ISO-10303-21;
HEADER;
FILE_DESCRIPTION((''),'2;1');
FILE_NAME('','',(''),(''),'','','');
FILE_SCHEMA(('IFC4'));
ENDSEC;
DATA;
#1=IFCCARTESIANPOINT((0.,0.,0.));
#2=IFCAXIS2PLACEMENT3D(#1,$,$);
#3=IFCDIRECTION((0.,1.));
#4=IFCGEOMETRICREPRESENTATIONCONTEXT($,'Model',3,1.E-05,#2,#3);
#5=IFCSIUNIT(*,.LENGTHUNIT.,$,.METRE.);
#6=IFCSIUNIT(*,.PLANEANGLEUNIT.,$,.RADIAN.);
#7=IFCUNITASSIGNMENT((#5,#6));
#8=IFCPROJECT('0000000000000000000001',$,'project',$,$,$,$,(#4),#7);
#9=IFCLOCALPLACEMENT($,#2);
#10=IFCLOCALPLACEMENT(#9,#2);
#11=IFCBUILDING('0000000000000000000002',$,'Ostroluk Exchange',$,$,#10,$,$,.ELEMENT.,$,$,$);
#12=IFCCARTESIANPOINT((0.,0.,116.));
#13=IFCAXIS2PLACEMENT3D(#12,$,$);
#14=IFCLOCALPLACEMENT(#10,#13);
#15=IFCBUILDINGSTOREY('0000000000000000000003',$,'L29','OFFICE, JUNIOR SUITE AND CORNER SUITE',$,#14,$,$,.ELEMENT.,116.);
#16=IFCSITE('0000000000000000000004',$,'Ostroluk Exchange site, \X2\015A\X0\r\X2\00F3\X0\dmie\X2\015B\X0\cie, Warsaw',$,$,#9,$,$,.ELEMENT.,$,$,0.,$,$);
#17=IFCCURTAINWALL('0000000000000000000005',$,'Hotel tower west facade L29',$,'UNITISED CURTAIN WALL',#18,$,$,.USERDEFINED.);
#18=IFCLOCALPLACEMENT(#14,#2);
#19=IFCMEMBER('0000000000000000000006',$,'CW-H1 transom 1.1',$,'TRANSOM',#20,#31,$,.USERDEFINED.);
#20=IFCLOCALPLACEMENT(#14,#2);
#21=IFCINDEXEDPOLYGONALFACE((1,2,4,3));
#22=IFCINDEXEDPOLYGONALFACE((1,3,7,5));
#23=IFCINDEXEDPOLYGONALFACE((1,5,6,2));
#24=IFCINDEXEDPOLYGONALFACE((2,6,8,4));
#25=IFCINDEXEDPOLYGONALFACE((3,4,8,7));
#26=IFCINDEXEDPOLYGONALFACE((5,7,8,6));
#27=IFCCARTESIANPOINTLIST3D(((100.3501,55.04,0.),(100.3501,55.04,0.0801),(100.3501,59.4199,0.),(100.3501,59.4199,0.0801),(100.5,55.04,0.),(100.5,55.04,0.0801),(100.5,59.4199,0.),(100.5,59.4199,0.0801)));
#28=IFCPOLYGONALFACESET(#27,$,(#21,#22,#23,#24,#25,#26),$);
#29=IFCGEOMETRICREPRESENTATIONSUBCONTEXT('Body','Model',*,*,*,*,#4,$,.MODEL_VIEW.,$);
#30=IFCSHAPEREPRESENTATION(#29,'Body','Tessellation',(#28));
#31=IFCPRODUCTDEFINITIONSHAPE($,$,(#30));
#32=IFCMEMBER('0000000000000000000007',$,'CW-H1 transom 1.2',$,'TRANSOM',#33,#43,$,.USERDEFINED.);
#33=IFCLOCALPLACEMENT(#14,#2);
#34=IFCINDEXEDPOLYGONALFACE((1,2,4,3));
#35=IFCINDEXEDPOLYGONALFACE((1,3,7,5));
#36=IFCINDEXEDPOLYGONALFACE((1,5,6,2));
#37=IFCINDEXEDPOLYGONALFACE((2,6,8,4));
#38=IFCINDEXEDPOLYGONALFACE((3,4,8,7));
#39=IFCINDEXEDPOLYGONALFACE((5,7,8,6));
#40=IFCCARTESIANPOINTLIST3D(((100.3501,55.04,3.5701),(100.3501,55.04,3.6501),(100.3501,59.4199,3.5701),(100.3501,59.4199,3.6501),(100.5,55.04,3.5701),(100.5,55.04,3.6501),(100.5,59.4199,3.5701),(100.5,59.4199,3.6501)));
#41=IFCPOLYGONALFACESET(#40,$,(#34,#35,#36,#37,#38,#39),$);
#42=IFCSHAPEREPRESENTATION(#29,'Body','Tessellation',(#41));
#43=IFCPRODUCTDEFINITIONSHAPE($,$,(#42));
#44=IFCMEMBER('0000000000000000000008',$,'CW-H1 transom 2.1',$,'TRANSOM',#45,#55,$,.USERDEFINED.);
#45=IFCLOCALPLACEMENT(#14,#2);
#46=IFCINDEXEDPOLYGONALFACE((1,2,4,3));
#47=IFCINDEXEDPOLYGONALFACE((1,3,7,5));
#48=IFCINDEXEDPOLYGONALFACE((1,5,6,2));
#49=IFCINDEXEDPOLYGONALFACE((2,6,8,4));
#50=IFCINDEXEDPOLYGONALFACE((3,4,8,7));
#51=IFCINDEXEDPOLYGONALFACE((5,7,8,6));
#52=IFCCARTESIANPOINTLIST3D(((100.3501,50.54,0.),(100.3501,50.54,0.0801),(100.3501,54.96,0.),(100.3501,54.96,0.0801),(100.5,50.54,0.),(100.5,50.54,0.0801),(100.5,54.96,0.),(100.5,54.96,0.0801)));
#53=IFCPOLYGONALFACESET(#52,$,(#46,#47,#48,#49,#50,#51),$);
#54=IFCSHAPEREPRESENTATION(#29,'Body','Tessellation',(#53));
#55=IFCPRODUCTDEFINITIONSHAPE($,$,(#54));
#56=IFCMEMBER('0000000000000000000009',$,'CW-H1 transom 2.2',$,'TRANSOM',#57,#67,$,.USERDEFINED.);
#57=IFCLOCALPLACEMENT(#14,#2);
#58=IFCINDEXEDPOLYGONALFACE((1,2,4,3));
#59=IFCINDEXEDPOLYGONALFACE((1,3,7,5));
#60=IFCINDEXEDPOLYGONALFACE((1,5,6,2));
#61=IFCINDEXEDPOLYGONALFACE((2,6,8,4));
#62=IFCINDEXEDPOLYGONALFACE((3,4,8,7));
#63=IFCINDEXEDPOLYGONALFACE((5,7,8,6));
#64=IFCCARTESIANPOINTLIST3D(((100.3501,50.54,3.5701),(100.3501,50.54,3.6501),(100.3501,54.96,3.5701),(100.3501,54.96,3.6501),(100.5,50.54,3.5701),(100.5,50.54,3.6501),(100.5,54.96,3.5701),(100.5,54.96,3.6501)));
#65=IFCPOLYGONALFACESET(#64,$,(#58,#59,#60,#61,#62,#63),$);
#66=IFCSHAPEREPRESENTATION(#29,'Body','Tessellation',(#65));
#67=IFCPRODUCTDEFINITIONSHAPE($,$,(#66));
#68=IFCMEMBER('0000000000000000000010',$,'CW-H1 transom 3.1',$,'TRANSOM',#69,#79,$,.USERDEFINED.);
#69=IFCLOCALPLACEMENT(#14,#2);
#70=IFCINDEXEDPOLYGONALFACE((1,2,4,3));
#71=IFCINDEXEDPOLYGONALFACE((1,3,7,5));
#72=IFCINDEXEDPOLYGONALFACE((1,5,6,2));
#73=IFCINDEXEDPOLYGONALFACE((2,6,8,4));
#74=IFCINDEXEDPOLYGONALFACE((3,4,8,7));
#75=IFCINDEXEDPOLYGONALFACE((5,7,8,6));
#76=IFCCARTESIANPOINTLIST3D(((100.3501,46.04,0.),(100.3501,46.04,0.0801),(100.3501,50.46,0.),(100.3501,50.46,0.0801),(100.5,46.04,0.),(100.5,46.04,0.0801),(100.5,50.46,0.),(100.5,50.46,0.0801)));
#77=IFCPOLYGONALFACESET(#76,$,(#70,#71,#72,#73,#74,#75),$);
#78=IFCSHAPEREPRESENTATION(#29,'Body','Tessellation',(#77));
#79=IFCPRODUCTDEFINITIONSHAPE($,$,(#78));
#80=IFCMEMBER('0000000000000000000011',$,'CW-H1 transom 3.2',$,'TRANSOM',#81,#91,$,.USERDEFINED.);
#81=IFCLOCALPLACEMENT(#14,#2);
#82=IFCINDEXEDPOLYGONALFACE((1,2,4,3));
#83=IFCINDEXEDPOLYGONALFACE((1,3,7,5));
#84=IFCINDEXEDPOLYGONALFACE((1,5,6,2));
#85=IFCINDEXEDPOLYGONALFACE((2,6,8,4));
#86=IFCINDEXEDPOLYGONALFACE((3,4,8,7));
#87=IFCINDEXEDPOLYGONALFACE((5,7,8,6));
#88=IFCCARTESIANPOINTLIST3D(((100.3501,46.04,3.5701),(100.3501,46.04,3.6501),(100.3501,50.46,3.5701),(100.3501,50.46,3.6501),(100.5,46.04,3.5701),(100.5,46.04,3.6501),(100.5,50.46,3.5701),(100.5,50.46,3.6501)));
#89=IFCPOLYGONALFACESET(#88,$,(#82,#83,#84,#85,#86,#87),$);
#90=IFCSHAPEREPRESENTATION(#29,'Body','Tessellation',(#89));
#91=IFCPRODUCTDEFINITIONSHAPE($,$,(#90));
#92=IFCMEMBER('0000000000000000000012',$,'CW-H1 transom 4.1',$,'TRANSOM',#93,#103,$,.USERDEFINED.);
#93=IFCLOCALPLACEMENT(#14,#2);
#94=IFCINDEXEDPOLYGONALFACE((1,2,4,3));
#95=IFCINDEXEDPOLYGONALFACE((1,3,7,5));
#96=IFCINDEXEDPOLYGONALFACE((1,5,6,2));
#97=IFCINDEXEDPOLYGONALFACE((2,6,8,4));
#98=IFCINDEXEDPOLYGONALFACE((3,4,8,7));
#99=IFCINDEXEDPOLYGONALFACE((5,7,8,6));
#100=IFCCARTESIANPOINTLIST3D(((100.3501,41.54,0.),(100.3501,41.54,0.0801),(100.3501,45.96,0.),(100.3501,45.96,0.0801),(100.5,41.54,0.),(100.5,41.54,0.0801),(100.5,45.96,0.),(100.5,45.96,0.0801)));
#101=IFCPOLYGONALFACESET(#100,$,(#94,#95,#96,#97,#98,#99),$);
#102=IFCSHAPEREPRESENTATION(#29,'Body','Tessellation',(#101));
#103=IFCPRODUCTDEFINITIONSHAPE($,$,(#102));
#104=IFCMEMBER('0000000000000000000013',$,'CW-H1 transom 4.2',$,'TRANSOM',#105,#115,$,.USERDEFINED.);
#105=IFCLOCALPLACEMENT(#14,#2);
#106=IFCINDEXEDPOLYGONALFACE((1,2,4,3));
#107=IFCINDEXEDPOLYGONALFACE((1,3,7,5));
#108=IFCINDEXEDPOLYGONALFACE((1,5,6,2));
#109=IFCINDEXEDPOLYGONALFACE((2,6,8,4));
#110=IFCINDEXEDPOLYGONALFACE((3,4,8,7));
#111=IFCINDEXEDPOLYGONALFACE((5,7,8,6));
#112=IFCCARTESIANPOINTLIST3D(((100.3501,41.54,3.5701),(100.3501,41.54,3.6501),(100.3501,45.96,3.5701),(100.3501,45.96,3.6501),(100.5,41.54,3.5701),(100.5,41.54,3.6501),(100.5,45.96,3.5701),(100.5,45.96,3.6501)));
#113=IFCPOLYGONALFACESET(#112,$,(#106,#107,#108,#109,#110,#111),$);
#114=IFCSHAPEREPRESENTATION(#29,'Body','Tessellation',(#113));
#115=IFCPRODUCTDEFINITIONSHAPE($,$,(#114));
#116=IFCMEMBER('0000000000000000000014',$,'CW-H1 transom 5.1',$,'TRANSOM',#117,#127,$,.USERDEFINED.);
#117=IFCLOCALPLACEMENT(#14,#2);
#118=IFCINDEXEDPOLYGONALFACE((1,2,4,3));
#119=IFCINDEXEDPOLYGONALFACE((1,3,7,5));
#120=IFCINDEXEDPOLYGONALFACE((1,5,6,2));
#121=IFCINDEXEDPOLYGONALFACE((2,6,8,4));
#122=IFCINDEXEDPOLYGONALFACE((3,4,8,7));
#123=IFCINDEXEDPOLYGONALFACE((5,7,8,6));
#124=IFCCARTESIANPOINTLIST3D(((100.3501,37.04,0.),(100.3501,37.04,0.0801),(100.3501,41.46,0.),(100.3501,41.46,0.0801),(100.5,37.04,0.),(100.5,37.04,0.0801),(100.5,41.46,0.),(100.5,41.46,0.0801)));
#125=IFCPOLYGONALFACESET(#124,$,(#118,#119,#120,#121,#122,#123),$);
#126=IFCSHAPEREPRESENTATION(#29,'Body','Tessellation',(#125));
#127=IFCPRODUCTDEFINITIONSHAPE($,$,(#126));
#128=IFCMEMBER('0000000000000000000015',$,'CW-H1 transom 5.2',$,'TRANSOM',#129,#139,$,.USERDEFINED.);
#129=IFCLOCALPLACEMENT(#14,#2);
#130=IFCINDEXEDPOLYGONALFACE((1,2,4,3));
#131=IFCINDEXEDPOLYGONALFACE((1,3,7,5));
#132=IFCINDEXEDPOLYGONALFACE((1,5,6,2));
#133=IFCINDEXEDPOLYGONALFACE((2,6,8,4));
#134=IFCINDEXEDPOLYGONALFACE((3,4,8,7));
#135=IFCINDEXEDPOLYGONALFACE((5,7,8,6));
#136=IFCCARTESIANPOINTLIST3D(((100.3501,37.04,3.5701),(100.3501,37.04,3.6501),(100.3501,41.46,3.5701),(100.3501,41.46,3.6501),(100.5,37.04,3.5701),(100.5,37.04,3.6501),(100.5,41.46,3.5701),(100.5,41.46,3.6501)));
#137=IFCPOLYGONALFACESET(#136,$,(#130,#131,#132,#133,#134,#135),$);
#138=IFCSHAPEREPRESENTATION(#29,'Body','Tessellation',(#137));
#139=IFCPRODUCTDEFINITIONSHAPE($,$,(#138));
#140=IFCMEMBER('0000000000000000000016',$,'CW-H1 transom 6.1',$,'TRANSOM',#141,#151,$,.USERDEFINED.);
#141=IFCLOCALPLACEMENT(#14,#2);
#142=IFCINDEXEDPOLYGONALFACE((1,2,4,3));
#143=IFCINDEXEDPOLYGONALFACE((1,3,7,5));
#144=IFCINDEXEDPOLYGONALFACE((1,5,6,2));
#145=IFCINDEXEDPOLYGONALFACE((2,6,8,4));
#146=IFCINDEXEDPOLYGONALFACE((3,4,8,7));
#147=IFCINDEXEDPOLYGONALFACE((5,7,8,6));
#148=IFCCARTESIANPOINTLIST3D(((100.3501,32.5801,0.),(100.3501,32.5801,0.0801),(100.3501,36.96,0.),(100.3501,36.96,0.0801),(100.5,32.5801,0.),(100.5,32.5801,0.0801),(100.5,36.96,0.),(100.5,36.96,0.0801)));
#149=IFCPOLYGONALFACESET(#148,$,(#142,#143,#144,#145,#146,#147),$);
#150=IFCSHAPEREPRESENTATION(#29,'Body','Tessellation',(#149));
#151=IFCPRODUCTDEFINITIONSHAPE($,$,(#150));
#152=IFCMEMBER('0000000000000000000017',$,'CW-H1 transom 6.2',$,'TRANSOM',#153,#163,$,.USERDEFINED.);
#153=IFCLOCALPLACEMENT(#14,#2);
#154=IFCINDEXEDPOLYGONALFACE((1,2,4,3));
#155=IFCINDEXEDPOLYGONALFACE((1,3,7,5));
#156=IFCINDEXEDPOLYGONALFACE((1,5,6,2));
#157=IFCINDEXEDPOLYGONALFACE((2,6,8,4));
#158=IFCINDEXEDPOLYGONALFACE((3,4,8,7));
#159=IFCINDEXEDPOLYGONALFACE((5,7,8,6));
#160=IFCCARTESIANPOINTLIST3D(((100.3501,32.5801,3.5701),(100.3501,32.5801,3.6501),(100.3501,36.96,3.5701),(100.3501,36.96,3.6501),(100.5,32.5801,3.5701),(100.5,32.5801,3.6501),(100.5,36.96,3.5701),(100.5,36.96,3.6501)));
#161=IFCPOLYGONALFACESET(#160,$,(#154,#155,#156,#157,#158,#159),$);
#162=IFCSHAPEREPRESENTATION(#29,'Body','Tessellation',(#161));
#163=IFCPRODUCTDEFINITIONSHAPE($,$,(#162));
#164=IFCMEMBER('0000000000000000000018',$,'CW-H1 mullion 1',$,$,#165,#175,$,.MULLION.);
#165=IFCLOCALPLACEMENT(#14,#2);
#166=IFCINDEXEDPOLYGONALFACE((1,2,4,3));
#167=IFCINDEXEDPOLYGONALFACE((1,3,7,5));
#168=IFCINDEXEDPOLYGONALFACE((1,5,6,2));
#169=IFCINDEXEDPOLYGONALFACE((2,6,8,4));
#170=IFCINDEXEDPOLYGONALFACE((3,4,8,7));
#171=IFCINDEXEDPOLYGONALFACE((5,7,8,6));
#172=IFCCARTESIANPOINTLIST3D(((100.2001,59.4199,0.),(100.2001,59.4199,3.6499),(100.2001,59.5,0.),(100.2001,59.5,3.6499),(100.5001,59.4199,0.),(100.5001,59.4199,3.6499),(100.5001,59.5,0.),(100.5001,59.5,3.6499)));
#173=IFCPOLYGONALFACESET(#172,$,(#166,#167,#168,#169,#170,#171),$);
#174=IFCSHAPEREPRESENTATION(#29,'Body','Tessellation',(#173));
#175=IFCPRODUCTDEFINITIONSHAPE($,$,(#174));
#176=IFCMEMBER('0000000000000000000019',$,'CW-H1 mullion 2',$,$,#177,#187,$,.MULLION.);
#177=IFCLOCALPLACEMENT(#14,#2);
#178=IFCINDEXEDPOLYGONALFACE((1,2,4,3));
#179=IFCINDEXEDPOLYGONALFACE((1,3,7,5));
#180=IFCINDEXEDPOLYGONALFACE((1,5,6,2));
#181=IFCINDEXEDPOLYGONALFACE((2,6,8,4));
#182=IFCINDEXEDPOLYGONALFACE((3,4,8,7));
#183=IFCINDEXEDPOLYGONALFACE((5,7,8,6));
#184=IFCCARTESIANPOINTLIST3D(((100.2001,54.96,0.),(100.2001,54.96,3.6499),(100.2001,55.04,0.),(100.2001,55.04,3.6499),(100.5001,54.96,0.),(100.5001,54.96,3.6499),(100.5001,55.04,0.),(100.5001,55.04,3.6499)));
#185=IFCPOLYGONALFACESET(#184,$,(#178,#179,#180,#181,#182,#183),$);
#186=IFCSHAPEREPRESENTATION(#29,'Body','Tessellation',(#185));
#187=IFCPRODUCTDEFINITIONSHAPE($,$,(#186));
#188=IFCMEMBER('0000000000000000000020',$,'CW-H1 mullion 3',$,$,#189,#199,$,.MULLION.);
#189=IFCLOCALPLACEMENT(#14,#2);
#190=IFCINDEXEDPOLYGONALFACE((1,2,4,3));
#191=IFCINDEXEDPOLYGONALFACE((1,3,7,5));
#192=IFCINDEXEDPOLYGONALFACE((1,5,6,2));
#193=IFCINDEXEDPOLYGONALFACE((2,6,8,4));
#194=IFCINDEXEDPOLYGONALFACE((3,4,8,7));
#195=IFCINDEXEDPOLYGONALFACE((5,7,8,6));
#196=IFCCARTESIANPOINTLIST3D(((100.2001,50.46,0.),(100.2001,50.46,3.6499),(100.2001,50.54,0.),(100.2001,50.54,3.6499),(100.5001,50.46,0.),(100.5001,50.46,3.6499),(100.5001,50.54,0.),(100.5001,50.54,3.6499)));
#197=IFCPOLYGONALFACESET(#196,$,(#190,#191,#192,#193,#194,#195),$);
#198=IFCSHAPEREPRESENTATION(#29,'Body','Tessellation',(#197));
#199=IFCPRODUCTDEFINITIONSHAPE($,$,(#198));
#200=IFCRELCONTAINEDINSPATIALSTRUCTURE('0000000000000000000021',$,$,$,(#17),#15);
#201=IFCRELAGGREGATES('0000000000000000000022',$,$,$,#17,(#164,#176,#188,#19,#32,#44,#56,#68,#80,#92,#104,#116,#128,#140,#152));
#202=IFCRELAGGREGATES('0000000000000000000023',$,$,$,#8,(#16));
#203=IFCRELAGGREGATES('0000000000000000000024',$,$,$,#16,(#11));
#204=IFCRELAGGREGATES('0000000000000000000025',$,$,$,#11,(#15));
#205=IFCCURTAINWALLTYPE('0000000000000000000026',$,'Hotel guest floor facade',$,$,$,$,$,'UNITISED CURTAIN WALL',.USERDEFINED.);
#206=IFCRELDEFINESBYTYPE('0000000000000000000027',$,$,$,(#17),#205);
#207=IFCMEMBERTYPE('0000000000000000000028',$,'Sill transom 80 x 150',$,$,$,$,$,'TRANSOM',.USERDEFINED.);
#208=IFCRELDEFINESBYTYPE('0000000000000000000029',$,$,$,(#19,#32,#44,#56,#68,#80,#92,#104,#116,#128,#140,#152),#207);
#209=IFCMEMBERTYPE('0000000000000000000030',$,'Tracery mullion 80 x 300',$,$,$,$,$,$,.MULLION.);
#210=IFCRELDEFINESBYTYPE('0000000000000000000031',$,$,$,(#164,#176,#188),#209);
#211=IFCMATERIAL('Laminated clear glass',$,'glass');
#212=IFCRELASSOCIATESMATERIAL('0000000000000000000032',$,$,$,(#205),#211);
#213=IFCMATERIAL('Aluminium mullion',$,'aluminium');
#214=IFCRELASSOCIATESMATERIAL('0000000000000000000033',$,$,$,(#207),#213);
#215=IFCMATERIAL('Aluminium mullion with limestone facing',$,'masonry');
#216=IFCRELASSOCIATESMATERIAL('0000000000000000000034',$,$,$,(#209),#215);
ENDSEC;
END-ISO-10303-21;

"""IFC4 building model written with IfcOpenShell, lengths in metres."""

from ifc_helpers import new_model, si_unit, direction, frame, origin, origin_2d, place, context, subcontext, project, spatial, rectangle, extrude, material, material_profile, profile_set, type_object, element, aggregate, save


model = new_model("IFC4")

# Units and contexts
model_context = context("Model", 3, precision=1e-05, world=origin(), true_north=direction((0.0, 1.0)))
body_context = subcontext(model_context, "Body", "Model", "MODEL_VIEW")
ifc_project = project(units=[si_unit("LENGTHUNIT", "METRE"), si_unit("PLANEANGLEUNIT", "RADIAN")], contexts=[model_context])

# Site, building, storey
site_placement = place(None, origin())
site = spatial("IfcSite", under=ifc_project, at=site_placement, Name="Ostroluk Exchange site, Śródmieście, Warsaw", CompositionType="ELEMENT", RefElevation=0.0)
building_placement = place(site_placement, origin())
building = spatial("IfcBuilding", under=site, at=building_placement, Name="Ostroluk Exchange", CompositionType="ELEMENT")
storey_placement = place(building_placement, frame((0.0, 0.0, 116.0)))
storey = spatial("IfcBuildingStorey", under=building, at=storey_placement, Name="L29", Description="OFFICE, JUNIOR SUITE AND CORNER SUITE", CompositionType="ELEMENT", Elevation=116.0)

# Curtain wall, members
ifc_material_1 = material(Name="Laminated clear glass", Category="glass")
curtain_wall_type_1 = type_object("IfcCurtainWallType", Name="Hotel guest floor facade", ElementType="UNITISED CURTAIN WALL", PredefinedType="USERDEFINED", material=ifc_material_1)
curtain_wall_1_placement = place(storey_placement, origin())
curtain_wall_1 = element("IfcCurtainWall", 1, at=curtain_wall_1_placement, inside=storey, type_object=curtain_wall_type_1, Name="Hotel tower west facade L29", ObjectType="UNITISED CURTAIN WALL", PredefinedType="USERDEFINED")
ifc_material_2 = material(Name="Aluminium mullion", Category="aluminium")
ifc_material_profile_1 = material_profile(ifc_material_2, rectangle(XDim=0.1499, YDim=0.0801, at=origin_2d()), Name="Sill transom 80 x 150")
ifc_profile_set_1 = profile_set([ifc_material_profile_1], Name="Aluminium mullion")
member_type_1 = type_object("IfcMemberType", Name="Sill transom 80 x 150", ElementType="TRANSOM", PredefinedType="USERDEFINED", material=ifc_profile_set_1)
member_1_placement = place(storey_placement, frame((100.425, 59.4199, 0.04), z_axis=(0.0, -1.0, 0.0), x_axis=(1.0, 0.0, 0.0)))
member_1 = element("IfcMember", 2, at=member_1_placement, type_object=member_type_1, Name="CW-H1 transom 1.1", ObjectType="TRANSOM", PredefinedType="USERDEFINED", context=body_context, shape_type="SweptSolid", body=[
    extrude(rectangle(XDim=0.1499, YDim=0.0801, at=origin_2d()), origin(), (0.0, 0.0, 1.0), 4.3799),
])
member_2_placement = place(storey_placement, frame((100.425, 59.4199, 3.6101), z_axis=(0.0, -1.0, 0.0), x_axis=(1.0, 0.0, 0.0)))
member_2 = element("IfcMember", 3, at=member_2_placement, type_object=member_type_1, Name="CW-H1 transom 1.2", ObjectType="TRANSOM", PredefinedType="USERDEFINED", context=body_context, shape_type="SweptSolid", body=[
    extrude(rectangle(XDim=0.1499, YDim=0.0801, at=origin_2d()), origin(), (0.0, 0.0, 1.0), 4.3799),
])
member_3_placement = place(storey_placement, frame((100.425, 54.96, 0.04), z_axis=(0.0, -1.0, 0.0), x_axis=(1.0, 0.0, 0.0)))
member_3 = element("IfcMember", 4, at=member_3_placement, type_object=member_type_1, Name="CW-H1 transom 2.1", ObjectType="TRANSOM", PredefinedType="USERDEFINED", context=body_context, shape_type="SweptSolid", body=[
    extrude(rectangle(XDim=0.1499, YDim=0.0801, at=origin_2d()), origin(), (0.0, 0.0, 1.0), 4.4199),
])
member_4_placement = place(storey_placement, frame((100.425, 54.96, 3.6101), z_axis=(0.0, -1.0, 0.0), x_axis=(1.0, 0.0, 0.0)))
member_4 = element("IfcMember", 5, at=member_4_placement, type_object=member_type_1, Name="CW-H1 transom 2.2", ObjectType="TRANSOM", PredefinedType="USERDEFINED", context=body_context, shape_type="SweptSolid", body=[
    extrude(rectangle(XDim=0.1499, YDim=0.0801, at=origin_2d()), origin(), (0.0, 0.0, 1.0), 4.4199),
])
member_5_placement = place(storey_placement, frame((100.425, 50.46, 0.04), z_axis=(0.0, -1.0, 0.0), x_axis=(1.0, 0.0, 0.0)))
member_5 = element("IfcMember", 6, at=member_5_placement, type_object=member_type_1, Name="CW-H1 transom 3.1", ObjectType="TRANSOM", PredefinedType="USERDEFINED", context=body_context, shape_type="SweptSolid", body=[
    extrude(rectangle(XDim=0.1499, YDim=0.0801, at=origin_2d()), origin(), (0.0, 0.0, 1.0), 4.4199),
])
member_6_placement = place(storey_placement, frame((100.425, 50.46, 3.6101), z_axis=(0.0, -1.0, 0.0), x_axis=(1.0, 0.0, 0.0)))
member_6 = element("IfcMember", 7, at=member_6_placement, type_object=member_type_1, Name="CW-H1 transom 3.2", ObjectType="TRANSOM", PredefinedType="USERDEFINED", context=body_context, shape_type="SweptSolid", body=[
    extrude(rectangle(XDim=0.1499, YDim=0.0801, at=origin_2d()), origin(), (0.0, 0.0, 1.0), 4.4199),
])
member_7_placement = place(storey_placement, frame((100.425, 45.96, 0.04), z_axis=(0.0, -1.0, 0.0), x_axis=(1.0, 0.0, 0.0)))
member_7 = element("IfcMember", 8, at=member_7_placement, type_object=member_type_1, Name="CW-H1 transom 4.1", ObjectType="TRANSOM", PredefinedType="USERDEFINED", context=body_context, shape_type="SweptSolid", body=[
    extrude(rectangle(XDim=0.1499, YDim=0.0801, at=origin_2d()), origin(), (0.0, 0.0, 1.0), 4.4199),
])
member_8_placement = place(storey_placement, frame((100.425, 45.96, 3.6101), z_axis=(0.0, -1.0, 0.0), x_axis=(1.0, 0.0, 0.0)))
member_8 = element("IfcMember", 9, at=member_8_placement, type_object=member_type_1, Name="CW-H1 transom 4.2", ObjectType="TRANSOM", PredefinedType="USERDEFINED", context=body_context, shape_type="SweptSolid", body=[
    extrude(rectangle(XDim=0.1499, YDim=0.0801, at=origin_2d()), origin(), (0.0, 0.0, 1.0), 4.4199),
])
member_9_placement = place(storey_placement, frame((100.425, 41.46, 0.04), z_axis=(0.0, -1.0, 0.0), x_axis=(1.0, 0.0, 0.0)))
member_9 = element("IfcMember", 10, at=member_9_placement, type_object=member_type_1, Name="CW-H1 transom 5.1", ObjectType="TRANSOM", PredefinedType="USERDEFINED", context=body_context, shape_type="SweptSolid", body=[
    extrude(rectangle(XDim=0.1499, YDim=0.0801, at=origin_2d()), origin(), (0.0, 0.0, 1.0), 4.4199),
])
member_10_placement = place(storey_placement, frame((100.425, 41.46, 3.6101), z_axis=(0.0, -1.0, 0.0), x_axis=(1.0, 0.0, 0.0)))
member_10 = element("IfcMember", 11, at=member_10_placement, type_object=member_type_1, Name="CW-H1 transom 5.2", ObjectType="TRANSOM", PredefinedType="USERDEFINED", context=body_context, shape_type="SweptSolid", body=[
    extrude(rectangle(XDim=0.1499, YDim=0.0801, at=origin_2d()), origin(), (0.0, 0.0, 1.0), 4.4199),
])
member_11_placement = place(storey_placement, frame((100.425, 36.96, 0.04), z_axis=(0.0, -1.0, 0.0), x_axis=(1.0, 0.0, 0.0)))
member_11 = element("IfcMember", 12, at=member_11_placement, type_object=member_type_1, Name="CW-H1 transom 6.1", ObjectType="TRANSOM", PredefinedType="USERDEFINED", context=body_context, shape_type="SweptSolid", body=[
    extrude(rectangle(XDim=0.1499, YDim=0.0801, at=origin_2d()), origin(), (0.0, 0.0, 1.0), 4.3799),
])
member_12_placement = place(storey_placement, frame((100.425, 36.96, 3.6101), z_axis=(0.0, -1.0, 0.0), x_axis=(1.0, 0.0, 0.0)))
member_12 = element("IfcMember", 13, at=member_12_placement, type_object=member_type_1, Name="CW-H1 transom 6.2", ObjectType="TRANSOM", PredefinedType="USERDEFINED", context=body_context, shape_type="SweptSolid", body=[
    extrude(rectangle(XDim=0.1499, YDim=0.0801, at=origin_2d()), origin(), (0.0, 0.0, 1.0), 4.3799),
])
ifc_material_3 = material(Name="Aluminium mullion with limestone facing", Category="masonry")
ifc_material_profile_2 = material_profile(ifc_material_3, rectangle(XDim=0.3, YDim=0.0801, at=origin_2d()), Name="Tracery mullion 80 x 300")
ifc_profile_set_2 = profile_set([ifc_material_profile_2], Name="Aluminium mullion with limestone facing")
member_type_2 = type_object("IfcMemberType", Name="Tracery mullion 80 x 300", PredefinedType="MULLION", material=ifc_profile_set_2)
member_13_placement = place(storey_placement, frame((100.3501, 59.46, 0.0), z_axis=(0.0, 0.0, 1.0), x_axis=(1.0, 0.0, 0.0)))
member_13 = element("IfcMember", 14, at=member_13_placement, type_object=member_type_2, Name="CW-H1 mullion 1", PredefinedType="MULLION", context=body_context, shape_type="SweptSolid", body=[
    extrude(rectangle(XDim=0.3, YDim=0.0801, at=origin_2d()), origin(), (0.0, 0.0, 1.0), 3.6499),
])
member_14_placement = place(storey_placement, frame((100.3501, 55.0, 0.0), z_axis=(0.0, 0.0, 1.0), x_axis=(1.0, 0.0, 0.0)))
member_14 = element("IfcMember", 15, at=member_14_placement, type_object=member_type_2, Name="CW-H1 mullion 2", PredefinedType="MULLION", context=body_context, shape_type="SweptSolid", body=[
    extrude(rectangle(XDim=0.3, YDim=0.0801, at=origin_2d()), origin(), (0.0, 0.0, 1.0), 3.6499),
])
member_15_placement = place(storey_placement, frame((100.3501, 50.5, 0.0), z_axis=(0.0, 0.0, 1.0), x_axis=(1.0, 0.0, 0.0)))
member_15 = element("IfcMember", 16, at=member_15_placement, type_object=member_type_2, Name="CW-H1 mullion 3", PredefinedType="MULLION", context=body_context, shape_type="SweptSolid", body=[
    extrude(rectangle(XDim=0.3, YDim=0.0801, at=origin_2d()), origin(), (0.0, 0.0, 1.0), 3.6499),
])

aggregate(curtain_wall_1, [member_13, member_14, member_15, member_1, member_2, member_3, member_4, member_5, member_6, member_7, member_8, member_9, member_10, member_11, member_12])

save(model, "model.ifc")
